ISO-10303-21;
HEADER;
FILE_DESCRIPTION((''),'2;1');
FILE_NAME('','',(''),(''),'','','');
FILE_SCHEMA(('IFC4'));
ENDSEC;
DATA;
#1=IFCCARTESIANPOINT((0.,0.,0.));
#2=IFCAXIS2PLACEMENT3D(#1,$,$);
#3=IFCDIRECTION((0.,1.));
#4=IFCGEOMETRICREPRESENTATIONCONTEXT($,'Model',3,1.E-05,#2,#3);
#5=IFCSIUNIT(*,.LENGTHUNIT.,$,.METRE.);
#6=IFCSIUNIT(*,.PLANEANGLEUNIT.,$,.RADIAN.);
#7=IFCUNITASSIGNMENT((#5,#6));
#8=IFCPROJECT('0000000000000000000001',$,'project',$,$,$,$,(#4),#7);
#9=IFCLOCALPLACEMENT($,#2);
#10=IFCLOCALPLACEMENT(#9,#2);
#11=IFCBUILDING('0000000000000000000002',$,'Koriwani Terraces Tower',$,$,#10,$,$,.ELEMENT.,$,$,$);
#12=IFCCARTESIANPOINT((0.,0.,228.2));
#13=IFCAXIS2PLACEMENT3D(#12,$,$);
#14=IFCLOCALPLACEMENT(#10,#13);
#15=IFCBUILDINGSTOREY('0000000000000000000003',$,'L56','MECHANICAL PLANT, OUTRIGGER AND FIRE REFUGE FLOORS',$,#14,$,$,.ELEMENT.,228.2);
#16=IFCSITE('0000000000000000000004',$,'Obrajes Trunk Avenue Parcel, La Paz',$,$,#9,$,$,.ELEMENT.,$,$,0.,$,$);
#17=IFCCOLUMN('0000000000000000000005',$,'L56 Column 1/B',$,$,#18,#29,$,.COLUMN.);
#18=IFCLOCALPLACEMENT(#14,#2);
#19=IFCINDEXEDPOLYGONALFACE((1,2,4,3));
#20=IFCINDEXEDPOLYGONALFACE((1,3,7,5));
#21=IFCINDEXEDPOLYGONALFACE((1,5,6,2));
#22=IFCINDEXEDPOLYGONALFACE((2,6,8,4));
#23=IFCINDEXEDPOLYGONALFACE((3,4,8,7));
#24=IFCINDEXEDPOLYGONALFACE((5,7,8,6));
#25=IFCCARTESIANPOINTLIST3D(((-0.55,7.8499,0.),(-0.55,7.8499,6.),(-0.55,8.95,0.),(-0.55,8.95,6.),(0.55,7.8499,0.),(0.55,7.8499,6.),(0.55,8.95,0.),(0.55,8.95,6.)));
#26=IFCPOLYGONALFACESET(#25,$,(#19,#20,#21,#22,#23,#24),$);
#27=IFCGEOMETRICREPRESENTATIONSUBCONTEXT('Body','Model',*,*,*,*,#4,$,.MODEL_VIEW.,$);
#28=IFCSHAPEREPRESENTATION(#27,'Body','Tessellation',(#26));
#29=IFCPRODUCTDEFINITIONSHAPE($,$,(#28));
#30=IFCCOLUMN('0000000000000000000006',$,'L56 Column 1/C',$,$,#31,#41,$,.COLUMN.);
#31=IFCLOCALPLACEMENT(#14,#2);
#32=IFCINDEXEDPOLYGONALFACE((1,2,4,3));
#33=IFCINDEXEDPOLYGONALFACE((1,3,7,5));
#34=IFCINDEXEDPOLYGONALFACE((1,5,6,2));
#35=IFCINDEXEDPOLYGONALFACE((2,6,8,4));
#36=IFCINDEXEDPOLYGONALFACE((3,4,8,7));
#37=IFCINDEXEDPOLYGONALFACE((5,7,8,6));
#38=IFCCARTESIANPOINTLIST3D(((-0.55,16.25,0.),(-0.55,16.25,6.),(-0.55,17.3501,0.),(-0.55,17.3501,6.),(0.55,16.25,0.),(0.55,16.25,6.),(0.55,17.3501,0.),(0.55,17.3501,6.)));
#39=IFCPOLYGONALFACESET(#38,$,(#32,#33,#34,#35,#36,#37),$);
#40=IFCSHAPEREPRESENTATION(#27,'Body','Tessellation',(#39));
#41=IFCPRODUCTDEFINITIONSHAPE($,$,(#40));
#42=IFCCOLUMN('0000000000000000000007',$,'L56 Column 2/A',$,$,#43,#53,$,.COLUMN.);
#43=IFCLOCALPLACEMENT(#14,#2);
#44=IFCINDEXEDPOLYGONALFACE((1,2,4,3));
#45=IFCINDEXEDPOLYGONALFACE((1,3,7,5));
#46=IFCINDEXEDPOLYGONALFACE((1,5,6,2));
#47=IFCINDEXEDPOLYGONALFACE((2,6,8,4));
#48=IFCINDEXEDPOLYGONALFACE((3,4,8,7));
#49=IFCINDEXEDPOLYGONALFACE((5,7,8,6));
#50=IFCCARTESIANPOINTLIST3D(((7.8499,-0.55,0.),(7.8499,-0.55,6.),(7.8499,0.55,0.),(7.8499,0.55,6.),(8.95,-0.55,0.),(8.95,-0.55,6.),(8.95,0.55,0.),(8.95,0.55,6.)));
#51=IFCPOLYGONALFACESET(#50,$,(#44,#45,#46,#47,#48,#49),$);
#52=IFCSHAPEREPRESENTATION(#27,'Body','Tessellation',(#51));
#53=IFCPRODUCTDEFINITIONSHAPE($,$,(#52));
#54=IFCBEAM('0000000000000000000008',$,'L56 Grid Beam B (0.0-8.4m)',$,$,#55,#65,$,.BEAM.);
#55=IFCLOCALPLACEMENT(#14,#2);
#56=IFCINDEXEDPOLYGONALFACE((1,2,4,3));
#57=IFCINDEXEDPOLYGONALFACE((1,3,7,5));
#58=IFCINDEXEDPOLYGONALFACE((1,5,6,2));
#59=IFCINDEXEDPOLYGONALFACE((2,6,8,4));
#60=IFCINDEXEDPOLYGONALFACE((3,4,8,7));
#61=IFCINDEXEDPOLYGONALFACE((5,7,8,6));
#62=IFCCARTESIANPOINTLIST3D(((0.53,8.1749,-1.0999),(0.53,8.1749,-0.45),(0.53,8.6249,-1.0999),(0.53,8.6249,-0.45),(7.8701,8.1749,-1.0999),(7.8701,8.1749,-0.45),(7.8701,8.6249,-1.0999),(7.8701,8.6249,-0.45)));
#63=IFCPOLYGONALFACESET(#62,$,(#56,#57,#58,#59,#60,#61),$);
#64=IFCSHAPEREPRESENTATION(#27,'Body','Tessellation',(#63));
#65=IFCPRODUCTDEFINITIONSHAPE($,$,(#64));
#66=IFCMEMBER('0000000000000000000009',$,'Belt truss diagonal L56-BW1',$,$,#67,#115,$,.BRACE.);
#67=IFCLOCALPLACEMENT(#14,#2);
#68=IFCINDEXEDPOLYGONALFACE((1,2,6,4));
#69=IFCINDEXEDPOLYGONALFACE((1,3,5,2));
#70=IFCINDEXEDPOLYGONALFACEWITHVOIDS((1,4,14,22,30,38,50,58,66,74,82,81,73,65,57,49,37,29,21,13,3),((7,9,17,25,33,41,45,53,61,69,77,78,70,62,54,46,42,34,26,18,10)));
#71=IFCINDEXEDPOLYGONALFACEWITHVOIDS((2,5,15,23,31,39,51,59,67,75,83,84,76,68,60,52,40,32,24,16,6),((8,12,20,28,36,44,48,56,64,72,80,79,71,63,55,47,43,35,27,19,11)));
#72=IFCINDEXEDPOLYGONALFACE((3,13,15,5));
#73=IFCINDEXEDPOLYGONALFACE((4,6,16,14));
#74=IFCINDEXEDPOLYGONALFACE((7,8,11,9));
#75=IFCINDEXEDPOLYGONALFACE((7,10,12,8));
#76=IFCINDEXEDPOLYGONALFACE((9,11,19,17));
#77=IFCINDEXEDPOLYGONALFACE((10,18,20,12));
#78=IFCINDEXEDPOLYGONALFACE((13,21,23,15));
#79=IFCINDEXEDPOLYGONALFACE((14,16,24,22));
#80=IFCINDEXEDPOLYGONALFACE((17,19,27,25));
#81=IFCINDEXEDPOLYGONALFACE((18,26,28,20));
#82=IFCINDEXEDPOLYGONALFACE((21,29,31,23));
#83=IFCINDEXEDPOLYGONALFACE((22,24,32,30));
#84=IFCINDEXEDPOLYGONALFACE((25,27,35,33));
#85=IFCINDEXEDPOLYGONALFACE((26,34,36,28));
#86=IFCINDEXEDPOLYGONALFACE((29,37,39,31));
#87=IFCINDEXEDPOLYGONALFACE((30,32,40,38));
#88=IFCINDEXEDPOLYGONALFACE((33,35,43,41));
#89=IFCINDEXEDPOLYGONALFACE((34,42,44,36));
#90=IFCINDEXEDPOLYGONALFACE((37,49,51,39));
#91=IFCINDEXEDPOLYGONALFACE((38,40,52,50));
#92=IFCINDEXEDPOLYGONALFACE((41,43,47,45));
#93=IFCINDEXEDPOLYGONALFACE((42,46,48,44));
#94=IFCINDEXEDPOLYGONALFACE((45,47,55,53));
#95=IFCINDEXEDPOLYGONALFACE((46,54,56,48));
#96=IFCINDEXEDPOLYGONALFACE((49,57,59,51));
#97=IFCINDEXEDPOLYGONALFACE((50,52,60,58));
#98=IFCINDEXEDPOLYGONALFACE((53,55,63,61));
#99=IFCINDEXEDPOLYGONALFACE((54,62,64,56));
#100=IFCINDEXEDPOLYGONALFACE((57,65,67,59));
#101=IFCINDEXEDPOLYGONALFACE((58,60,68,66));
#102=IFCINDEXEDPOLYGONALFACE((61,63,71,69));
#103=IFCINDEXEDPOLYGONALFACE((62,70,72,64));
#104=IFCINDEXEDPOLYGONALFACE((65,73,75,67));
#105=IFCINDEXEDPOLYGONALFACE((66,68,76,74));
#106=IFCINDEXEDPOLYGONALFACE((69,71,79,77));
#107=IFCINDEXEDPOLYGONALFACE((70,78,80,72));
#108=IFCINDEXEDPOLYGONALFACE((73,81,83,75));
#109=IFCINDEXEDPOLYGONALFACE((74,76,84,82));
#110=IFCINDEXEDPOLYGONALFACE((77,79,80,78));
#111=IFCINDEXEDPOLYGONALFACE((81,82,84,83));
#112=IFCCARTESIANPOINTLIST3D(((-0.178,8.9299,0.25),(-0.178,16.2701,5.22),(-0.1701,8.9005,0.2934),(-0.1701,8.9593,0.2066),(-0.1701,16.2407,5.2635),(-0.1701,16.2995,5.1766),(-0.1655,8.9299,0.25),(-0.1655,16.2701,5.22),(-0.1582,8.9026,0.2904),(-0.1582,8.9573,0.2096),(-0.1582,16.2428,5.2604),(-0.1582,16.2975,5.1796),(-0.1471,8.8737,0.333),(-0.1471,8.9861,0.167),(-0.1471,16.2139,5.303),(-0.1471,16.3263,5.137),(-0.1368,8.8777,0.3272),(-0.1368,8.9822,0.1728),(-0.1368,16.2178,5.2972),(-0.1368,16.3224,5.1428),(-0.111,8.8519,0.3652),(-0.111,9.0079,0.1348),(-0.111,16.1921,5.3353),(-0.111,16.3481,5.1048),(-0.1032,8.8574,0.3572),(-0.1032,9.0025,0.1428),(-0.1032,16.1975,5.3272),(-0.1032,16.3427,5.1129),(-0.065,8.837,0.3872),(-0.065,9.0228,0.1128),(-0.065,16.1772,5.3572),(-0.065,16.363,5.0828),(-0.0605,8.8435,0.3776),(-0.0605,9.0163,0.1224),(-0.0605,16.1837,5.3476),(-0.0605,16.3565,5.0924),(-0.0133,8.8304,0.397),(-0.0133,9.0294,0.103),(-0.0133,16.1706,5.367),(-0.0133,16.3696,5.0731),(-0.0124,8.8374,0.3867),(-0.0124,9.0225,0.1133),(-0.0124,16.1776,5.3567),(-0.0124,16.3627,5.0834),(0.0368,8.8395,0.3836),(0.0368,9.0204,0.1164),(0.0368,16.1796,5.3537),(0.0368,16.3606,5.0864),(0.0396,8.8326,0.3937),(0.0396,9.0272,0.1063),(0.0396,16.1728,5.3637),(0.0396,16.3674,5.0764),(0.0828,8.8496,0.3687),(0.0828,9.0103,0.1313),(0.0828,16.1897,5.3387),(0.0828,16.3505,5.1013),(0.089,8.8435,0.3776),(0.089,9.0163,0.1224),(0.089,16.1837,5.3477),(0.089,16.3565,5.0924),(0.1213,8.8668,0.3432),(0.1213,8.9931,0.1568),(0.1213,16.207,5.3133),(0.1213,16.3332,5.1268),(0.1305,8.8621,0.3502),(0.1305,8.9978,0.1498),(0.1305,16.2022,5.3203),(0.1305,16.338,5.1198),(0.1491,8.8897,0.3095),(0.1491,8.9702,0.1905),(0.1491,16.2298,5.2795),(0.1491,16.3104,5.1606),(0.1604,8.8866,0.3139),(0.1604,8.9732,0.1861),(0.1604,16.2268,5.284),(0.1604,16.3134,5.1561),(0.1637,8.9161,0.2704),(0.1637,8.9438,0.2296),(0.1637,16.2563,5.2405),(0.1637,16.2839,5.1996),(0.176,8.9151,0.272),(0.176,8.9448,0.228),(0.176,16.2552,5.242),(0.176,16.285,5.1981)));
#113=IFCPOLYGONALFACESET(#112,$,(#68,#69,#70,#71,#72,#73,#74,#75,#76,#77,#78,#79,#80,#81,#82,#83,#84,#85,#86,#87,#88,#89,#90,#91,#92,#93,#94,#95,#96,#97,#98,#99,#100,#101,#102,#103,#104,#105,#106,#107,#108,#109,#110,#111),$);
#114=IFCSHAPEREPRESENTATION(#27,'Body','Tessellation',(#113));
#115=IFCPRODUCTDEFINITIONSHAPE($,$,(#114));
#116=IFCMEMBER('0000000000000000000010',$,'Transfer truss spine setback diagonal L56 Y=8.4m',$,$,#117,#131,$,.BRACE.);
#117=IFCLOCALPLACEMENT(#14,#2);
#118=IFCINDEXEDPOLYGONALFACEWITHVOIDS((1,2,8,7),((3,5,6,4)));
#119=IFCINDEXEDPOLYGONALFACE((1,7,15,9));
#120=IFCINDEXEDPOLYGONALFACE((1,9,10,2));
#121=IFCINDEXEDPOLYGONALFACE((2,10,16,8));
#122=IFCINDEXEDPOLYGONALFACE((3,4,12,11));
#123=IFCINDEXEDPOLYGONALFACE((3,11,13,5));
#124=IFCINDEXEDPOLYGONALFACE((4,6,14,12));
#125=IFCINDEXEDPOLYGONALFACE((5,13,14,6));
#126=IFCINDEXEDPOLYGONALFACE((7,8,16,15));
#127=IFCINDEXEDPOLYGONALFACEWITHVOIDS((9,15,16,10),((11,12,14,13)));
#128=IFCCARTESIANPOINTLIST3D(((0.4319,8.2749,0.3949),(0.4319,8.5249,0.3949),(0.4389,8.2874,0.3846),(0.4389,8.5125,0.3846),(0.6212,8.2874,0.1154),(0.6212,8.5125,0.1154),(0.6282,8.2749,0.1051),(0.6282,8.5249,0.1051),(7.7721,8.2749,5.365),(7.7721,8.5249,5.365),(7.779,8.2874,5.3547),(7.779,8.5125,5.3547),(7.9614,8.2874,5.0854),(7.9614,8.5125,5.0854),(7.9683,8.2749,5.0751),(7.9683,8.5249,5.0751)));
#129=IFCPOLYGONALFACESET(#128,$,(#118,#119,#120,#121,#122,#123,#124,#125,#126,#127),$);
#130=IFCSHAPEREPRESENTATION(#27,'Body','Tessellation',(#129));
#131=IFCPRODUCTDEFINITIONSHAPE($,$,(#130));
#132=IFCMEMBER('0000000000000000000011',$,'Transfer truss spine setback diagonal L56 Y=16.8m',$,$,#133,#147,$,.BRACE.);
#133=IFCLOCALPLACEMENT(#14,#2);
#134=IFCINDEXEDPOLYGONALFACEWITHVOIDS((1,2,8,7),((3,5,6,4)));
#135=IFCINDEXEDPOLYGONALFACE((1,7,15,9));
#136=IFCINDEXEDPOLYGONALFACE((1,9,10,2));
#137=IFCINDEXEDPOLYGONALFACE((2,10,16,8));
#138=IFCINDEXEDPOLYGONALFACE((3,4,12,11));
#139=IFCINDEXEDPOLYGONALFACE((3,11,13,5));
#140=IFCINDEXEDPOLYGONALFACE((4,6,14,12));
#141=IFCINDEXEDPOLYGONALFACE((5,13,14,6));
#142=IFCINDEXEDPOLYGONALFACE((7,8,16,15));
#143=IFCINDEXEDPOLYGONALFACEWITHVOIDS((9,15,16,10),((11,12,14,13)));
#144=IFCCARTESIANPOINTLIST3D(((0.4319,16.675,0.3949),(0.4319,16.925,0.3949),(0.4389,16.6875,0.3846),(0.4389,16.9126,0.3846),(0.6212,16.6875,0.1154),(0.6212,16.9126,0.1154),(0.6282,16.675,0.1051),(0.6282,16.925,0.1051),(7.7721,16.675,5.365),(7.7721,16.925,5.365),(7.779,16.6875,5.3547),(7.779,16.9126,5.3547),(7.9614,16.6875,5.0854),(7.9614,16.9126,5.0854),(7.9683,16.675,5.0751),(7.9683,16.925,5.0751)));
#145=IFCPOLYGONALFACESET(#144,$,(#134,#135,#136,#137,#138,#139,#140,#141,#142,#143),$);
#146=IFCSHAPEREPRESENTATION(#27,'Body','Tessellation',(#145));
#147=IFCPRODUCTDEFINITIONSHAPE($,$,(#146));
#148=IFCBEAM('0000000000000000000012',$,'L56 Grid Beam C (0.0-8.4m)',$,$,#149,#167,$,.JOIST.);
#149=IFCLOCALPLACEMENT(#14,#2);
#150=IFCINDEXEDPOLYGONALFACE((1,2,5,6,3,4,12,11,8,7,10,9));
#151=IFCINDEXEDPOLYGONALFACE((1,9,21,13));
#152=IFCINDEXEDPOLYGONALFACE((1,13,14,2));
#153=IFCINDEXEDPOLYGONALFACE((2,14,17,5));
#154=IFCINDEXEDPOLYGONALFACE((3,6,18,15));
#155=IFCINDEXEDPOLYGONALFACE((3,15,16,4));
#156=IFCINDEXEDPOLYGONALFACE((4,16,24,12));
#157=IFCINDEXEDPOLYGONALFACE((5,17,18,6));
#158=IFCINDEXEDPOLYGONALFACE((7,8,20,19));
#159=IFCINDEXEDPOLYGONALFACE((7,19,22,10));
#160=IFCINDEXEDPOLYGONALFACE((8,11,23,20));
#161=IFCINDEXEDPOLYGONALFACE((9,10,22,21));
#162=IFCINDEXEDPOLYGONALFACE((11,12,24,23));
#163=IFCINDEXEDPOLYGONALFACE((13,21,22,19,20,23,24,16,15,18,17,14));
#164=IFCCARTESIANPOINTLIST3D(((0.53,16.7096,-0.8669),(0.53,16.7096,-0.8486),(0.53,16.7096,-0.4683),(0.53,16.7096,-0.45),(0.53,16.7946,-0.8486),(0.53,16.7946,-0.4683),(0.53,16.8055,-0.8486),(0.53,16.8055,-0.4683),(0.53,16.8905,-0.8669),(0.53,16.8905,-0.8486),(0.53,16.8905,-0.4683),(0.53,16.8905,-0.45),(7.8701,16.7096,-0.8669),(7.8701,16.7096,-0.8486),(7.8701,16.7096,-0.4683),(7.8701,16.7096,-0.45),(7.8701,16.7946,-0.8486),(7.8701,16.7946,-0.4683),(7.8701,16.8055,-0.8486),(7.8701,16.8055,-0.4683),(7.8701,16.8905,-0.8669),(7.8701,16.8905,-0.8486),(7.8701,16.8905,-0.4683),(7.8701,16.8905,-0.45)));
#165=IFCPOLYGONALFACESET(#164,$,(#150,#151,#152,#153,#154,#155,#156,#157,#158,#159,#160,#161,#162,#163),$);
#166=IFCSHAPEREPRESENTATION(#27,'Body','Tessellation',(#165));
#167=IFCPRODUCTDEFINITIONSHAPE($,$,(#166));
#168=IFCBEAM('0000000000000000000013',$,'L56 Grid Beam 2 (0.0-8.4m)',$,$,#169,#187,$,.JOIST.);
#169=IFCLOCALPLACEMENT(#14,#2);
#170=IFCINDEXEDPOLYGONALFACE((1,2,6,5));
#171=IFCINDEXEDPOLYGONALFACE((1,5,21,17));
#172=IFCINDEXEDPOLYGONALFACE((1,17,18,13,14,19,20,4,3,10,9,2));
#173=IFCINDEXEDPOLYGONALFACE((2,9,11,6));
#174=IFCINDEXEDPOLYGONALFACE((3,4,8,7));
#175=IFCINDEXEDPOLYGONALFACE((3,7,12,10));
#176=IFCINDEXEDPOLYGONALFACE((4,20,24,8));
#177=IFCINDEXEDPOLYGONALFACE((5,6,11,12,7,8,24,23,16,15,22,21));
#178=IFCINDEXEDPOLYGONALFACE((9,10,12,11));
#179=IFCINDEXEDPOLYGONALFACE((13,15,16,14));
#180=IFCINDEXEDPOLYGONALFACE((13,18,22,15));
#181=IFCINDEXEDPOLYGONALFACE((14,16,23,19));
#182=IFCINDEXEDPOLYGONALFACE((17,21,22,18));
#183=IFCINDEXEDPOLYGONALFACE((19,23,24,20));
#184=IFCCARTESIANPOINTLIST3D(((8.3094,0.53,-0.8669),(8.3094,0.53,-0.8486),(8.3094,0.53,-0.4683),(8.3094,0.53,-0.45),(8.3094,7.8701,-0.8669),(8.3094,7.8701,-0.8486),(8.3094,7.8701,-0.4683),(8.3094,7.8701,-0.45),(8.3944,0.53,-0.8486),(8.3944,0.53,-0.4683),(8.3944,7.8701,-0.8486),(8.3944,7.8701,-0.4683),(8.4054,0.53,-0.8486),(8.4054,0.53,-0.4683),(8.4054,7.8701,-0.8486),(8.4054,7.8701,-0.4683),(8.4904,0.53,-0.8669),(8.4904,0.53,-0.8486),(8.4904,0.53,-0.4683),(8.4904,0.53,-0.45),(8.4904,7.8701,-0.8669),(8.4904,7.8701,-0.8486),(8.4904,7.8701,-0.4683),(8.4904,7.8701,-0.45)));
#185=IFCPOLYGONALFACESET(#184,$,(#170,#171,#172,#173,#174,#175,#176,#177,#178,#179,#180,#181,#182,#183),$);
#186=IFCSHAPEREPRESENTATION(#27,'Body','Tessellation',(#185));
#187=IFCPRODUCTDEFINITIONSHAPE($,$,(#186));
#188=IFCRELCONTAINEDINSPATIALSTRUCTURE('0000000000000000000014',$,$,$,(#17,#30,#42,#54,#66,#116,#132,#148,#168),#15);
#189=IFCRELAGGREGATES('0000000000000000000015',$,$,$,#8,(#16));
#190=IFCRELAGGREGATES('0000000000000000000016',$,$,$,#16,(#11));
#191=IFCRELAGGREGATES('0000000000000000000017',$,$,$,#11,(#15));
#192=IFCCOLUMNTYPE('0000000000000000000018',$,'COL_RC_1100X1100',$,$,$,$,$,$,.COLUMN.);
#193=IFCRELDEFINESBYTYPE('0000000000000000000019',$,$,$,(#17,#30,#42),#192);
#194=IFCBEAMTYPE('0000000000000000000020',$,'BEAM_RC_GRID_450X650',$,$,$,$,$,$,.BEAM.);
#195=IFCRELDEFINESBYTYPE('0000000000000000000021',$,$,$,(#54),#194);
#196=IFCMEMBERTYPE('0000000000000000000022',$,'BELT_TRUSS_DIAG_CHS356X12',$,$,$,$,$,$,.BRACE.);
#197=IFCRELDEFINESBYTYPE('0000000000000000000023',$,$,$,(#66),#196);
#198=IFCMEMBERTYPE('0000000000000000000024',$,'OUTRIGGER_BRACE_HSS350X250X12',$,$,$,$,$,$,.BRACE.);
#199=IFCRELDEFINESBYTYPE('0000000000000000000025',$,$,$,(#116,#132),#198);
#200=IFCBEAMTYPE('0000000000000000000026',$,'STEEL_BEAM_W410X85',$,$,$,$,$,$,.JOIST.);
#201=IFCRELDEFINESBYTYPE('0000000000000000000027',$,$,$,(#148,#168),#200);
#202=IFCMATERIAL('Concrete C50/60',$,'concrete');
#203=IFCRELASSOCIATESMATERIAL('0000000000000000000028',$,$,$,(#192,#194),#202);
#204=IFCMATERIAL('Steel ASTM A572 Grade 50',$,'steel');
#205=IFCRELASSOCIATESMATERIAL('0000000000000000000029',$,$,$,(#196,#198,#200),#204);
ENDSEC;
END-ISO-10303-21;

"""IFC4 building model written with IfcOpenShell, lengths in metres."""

from ifc_helpers import new_model, si_unit, direction, frame, origin, origin_2d, place, context, subcontext, project, spatial, rectangle, hollow_rectangle, hollow_circle, i_section, extrude, material, material_profile, profile_set, type_object, element, save


model = new_model("IFC4")

# Units and contexts
model_context = context("Model", 3, precision=1e-05, world=origin(), true_north=direction((0.0, 1.0)))
body_context = subcontext(model_context, "Body", "Model", "MODEL_VIEW")
ifc_project = project(units=[si_unit("LENGTHUNIT", "METRE"), si_unit("PLANEANGLEUNIT", "RADIAN")], contexts=[model_context])

# Site, building, storey
site_placement = place(None, origin())
site = spatial("IfcSite", under=ifc_project, at=site_placement, Name="Obrajes Trunk Avenue Parcel, La Paz", CompositionType="ELEMENT", RefElevation=0.0)
building_placement = place(site_placement, origin())
building = spatial("IfcBuilding", under=site, at=building_placement, Name="Koriwani Terraces Tower", CompositionType="ELEMENT")
storey_placement = place(building_placement, frame((0.0, 0.0, 228.2)))
storey = spatial("IfcBuildingStorey", under=building, at=storey_placement, Name="L56", Description="MECHANICAL PLANT, OUTRIGGER AND FIRE REFUGE FLOORS", CompositionType="ELEMENT", Elevation=228.2)

# Columns
ifc_material_1 = material(Name="Concrete C50/60", Category="concrete")
ifc_material_profile_1 = material_profile(ifc_material_1, rectangle(XDim=1.1001, YDim=1.1001, at=origin_2d()), Name="Concrete C50/60", Category="LoadBearing")
ifc_profile_set_1 = profile_set([ifc_material_profile_1], Name="Concrete C50/60")
column_type = type_object("IfcColumnType", Name="COL_RC_1100X1100", PredefinedType="COLUMN", material=ifc_profile_set_1)
for number, where, z_axis, x_axis, name in (
    (1, (0.0, 8.3999, 0.0), (0.0, 0.0, 1.0), (1.0, 0.0, 0.0), "L56 Column 1/B"),
    (2, (0.0, 16.8, 0.0), (0.0, 0.0, 1.0), (1.0, 0.0, 0.0), "L56 Column 1/C"),
    (3, (8.3999, 0.0, 0.0), (0.0, 0.0, 1.0), (1.0, 0.0, 0.0), "L56 Column 2/A"),
):
    element("IfcColumn", number, at=place(storey_placement, frame(where, z_axis=z_axis, x_axis=x_axis)), inside=storey, type_object=column_type, Name=name, PredefinedType="COLUMN", context=body_context, shape_type="SweptSolid", body=[
        extrude(rectangle(XDim=1.1001, YDim=1.1001, at=origin_2d()), origin(), (0.0, 0.0, 1.0), 6.0),
    ])

# Beam
ifc_material_profile_2 = material_profile(ifc_material_1, rectangle(XDim=0.45, YDim=0.6499, at=origin_2d()), Name="Concrete C50/60", Category="LoadBearing")
ifc_profile_set_2 = profile_set([ifc_material_profile_2], Name="Concrete C50/60")
beam_type_1 = type_object("IfcBeamType", Name="BEAM_RC_GRID_450X650", PredefinedType="BEAM", material=ifc_profile_set_2)
beam_placement = place(storey_placement, frame((0.53, 8.3999, -0.7749), z_axis=(1.0, 0.0, 0.0), x_axis=(0.0, 1.0, 0.0)))
element("IfcBeam", 4, at=beam_placement, inside=storey, type_object=beam_type_1, Name="L56 Grid Beam B (0.0-8.4m)", PredefinedType="BEAM", context=body_context, shape_type="SweptSolid", body=[
    extrude(rectangle(XDim=0.45, YDim=0.6499, at=origin_2d()), origin(), (0.0, 0.0, 1.0), 7.3401),
])

# Members
ifc_material_2 = material(Name="Steel ASTM A572 Grade 50", Category="steel")
ifc_material_profile_3 = material_profile(ifc_material_2, hollow_circle(Radius=0.178, WallThickness=0.0125, at=origin_2d()), Name="Steel ASTM A572 Grade 50", Category="LoadBearing")
ifc_profile_set_3 = profile_set([ifc_material_profile_3], Name="Steel ASTM A572 Grade 50")
member_type_1 = type_object("IfcMemberType", Name="BELT_TRUSS_DIAG_CHS356X12", PredefinedType="BRACE", material=ifc_profile_set_3)
member_placement = place(storey_placement, frame((0.0, 8.9299, 0.25), z_axis=(0.0, 0.828042, 0.560667), x_axis=(-1.0, 0.0, 0.0)))
element("IfcMember", 5, at=member_placement, inside=storey, type_object=member_type_1, Name="Belt truss diagonal L56-BW1", PredefinedType="BRACE", context=body_context, shape_type="SweptSolid", body=[
    extrude(hollow_circle(Radius=0.178, WallThickness=0.0125, at=origin_2d()), origin(), (0.0, 0.0, 1.0), 8.8645),
])
ifc_material_profile_4 = material_profile(ifc_material_2, hollow_rectangle(XDim=0.25, YDim=0.3501, WallThickness=0.0125, at=origin_2d()), Name="Steel ASTM A572 Grade 50", Category="LoadBearing")
ifc_profile_set_4 = profile_set([ifc_material_profile_4], Name="Steel ASTM A572 Grade 50")
member_type_2 = type_object("IfcMemberType", Name="OUTRIGGER_BRACE_HSS350X250X12", PredefinedType="BRACE", material=ifc_profile_set_4)
for number, where, z_axis, x_axis, name in (
    (6, (0.53, 8.3999, 0.25), (0.828042, 0.0, 0.560667), (0.0, 1.0, 0.0), "Transfer truss spine setback diagonal L56 Y=8.4m"),
    (7, (0.53, 16.8, 0.25), (0.828042, 0.0, 0.560667), (0.0, 1.0, 0.0), "Transfer truss spine setback diagonal L56 Y=16.8m"),
):
    element("IfcMember", number, at=place(storey_placement, frame(where, z_axis=z_axis, x_axis=x_axis)), inside=storey, type_object=member_type_2, Name=name, PredefinedType="BRACE", context=body_context, shape_type="SweptSolid", body=[
        extrude(hollow_rectangle(XDim=0.25, YDim=0.3501, WallThickness=0.0125, at=origin_2d()), origin(), (0.0, 0.0, 1.0), 8.8645),
    ])

# Beams
ifc_material_profile_5 = material_profile(ifc_material_2, i_section(OverallWidth=0.1809, OverallDepth=0.417, WebThickness=0.011, FlangeThickness=0.0183, at=origin_2d()), Name="Steel ASTM A572 Grade 50", Category="LoadBearing")
ifc_profile_set_5 = profile_set([ifc_material_profile_5], Name="Steel ASTM A572 Grade 50")
beam_type_2 = type_object("IfcBeamType", Name="STEEL_BEAM_W410X85", PredefinedType="JOIST", material=ifc_profile_set_5)
for number, where, z_axis, x_axis, name in (
    (8, (0.53, 16.8, -0.6584), (1.0, 0.0, 0.0), (0.0, 1.0, 0.0), "L56 Grid Beam C (0.0-8.4m)"),
    (9, (8.3999, 0.53, -0.6584), (0.0, 1.0, 0.0), (-1.0, 0.0, 0.0), "L56 Grid Beam 2 (0.0-8.4m)"),
):
    element("IfcBeam", number, at=place(storey_placement, frame(where, z_axis=z_axis, x_axis=x_axis)), inside=storey, type_object=beam_type_2, Name=name, PredefinedType="JOIST", context=body_context, shape_type="SweptSolid", body=[
        extrude(i_section(OverallWidth=0.1809, OverallDepth=0.417, WebThickness=0.011, FlangeThickness=0.0183, at=origin_2d()), origin(), (0.0, 0.0, 1.0), 7.3401),
    ])

save(model, "model.ifc")
